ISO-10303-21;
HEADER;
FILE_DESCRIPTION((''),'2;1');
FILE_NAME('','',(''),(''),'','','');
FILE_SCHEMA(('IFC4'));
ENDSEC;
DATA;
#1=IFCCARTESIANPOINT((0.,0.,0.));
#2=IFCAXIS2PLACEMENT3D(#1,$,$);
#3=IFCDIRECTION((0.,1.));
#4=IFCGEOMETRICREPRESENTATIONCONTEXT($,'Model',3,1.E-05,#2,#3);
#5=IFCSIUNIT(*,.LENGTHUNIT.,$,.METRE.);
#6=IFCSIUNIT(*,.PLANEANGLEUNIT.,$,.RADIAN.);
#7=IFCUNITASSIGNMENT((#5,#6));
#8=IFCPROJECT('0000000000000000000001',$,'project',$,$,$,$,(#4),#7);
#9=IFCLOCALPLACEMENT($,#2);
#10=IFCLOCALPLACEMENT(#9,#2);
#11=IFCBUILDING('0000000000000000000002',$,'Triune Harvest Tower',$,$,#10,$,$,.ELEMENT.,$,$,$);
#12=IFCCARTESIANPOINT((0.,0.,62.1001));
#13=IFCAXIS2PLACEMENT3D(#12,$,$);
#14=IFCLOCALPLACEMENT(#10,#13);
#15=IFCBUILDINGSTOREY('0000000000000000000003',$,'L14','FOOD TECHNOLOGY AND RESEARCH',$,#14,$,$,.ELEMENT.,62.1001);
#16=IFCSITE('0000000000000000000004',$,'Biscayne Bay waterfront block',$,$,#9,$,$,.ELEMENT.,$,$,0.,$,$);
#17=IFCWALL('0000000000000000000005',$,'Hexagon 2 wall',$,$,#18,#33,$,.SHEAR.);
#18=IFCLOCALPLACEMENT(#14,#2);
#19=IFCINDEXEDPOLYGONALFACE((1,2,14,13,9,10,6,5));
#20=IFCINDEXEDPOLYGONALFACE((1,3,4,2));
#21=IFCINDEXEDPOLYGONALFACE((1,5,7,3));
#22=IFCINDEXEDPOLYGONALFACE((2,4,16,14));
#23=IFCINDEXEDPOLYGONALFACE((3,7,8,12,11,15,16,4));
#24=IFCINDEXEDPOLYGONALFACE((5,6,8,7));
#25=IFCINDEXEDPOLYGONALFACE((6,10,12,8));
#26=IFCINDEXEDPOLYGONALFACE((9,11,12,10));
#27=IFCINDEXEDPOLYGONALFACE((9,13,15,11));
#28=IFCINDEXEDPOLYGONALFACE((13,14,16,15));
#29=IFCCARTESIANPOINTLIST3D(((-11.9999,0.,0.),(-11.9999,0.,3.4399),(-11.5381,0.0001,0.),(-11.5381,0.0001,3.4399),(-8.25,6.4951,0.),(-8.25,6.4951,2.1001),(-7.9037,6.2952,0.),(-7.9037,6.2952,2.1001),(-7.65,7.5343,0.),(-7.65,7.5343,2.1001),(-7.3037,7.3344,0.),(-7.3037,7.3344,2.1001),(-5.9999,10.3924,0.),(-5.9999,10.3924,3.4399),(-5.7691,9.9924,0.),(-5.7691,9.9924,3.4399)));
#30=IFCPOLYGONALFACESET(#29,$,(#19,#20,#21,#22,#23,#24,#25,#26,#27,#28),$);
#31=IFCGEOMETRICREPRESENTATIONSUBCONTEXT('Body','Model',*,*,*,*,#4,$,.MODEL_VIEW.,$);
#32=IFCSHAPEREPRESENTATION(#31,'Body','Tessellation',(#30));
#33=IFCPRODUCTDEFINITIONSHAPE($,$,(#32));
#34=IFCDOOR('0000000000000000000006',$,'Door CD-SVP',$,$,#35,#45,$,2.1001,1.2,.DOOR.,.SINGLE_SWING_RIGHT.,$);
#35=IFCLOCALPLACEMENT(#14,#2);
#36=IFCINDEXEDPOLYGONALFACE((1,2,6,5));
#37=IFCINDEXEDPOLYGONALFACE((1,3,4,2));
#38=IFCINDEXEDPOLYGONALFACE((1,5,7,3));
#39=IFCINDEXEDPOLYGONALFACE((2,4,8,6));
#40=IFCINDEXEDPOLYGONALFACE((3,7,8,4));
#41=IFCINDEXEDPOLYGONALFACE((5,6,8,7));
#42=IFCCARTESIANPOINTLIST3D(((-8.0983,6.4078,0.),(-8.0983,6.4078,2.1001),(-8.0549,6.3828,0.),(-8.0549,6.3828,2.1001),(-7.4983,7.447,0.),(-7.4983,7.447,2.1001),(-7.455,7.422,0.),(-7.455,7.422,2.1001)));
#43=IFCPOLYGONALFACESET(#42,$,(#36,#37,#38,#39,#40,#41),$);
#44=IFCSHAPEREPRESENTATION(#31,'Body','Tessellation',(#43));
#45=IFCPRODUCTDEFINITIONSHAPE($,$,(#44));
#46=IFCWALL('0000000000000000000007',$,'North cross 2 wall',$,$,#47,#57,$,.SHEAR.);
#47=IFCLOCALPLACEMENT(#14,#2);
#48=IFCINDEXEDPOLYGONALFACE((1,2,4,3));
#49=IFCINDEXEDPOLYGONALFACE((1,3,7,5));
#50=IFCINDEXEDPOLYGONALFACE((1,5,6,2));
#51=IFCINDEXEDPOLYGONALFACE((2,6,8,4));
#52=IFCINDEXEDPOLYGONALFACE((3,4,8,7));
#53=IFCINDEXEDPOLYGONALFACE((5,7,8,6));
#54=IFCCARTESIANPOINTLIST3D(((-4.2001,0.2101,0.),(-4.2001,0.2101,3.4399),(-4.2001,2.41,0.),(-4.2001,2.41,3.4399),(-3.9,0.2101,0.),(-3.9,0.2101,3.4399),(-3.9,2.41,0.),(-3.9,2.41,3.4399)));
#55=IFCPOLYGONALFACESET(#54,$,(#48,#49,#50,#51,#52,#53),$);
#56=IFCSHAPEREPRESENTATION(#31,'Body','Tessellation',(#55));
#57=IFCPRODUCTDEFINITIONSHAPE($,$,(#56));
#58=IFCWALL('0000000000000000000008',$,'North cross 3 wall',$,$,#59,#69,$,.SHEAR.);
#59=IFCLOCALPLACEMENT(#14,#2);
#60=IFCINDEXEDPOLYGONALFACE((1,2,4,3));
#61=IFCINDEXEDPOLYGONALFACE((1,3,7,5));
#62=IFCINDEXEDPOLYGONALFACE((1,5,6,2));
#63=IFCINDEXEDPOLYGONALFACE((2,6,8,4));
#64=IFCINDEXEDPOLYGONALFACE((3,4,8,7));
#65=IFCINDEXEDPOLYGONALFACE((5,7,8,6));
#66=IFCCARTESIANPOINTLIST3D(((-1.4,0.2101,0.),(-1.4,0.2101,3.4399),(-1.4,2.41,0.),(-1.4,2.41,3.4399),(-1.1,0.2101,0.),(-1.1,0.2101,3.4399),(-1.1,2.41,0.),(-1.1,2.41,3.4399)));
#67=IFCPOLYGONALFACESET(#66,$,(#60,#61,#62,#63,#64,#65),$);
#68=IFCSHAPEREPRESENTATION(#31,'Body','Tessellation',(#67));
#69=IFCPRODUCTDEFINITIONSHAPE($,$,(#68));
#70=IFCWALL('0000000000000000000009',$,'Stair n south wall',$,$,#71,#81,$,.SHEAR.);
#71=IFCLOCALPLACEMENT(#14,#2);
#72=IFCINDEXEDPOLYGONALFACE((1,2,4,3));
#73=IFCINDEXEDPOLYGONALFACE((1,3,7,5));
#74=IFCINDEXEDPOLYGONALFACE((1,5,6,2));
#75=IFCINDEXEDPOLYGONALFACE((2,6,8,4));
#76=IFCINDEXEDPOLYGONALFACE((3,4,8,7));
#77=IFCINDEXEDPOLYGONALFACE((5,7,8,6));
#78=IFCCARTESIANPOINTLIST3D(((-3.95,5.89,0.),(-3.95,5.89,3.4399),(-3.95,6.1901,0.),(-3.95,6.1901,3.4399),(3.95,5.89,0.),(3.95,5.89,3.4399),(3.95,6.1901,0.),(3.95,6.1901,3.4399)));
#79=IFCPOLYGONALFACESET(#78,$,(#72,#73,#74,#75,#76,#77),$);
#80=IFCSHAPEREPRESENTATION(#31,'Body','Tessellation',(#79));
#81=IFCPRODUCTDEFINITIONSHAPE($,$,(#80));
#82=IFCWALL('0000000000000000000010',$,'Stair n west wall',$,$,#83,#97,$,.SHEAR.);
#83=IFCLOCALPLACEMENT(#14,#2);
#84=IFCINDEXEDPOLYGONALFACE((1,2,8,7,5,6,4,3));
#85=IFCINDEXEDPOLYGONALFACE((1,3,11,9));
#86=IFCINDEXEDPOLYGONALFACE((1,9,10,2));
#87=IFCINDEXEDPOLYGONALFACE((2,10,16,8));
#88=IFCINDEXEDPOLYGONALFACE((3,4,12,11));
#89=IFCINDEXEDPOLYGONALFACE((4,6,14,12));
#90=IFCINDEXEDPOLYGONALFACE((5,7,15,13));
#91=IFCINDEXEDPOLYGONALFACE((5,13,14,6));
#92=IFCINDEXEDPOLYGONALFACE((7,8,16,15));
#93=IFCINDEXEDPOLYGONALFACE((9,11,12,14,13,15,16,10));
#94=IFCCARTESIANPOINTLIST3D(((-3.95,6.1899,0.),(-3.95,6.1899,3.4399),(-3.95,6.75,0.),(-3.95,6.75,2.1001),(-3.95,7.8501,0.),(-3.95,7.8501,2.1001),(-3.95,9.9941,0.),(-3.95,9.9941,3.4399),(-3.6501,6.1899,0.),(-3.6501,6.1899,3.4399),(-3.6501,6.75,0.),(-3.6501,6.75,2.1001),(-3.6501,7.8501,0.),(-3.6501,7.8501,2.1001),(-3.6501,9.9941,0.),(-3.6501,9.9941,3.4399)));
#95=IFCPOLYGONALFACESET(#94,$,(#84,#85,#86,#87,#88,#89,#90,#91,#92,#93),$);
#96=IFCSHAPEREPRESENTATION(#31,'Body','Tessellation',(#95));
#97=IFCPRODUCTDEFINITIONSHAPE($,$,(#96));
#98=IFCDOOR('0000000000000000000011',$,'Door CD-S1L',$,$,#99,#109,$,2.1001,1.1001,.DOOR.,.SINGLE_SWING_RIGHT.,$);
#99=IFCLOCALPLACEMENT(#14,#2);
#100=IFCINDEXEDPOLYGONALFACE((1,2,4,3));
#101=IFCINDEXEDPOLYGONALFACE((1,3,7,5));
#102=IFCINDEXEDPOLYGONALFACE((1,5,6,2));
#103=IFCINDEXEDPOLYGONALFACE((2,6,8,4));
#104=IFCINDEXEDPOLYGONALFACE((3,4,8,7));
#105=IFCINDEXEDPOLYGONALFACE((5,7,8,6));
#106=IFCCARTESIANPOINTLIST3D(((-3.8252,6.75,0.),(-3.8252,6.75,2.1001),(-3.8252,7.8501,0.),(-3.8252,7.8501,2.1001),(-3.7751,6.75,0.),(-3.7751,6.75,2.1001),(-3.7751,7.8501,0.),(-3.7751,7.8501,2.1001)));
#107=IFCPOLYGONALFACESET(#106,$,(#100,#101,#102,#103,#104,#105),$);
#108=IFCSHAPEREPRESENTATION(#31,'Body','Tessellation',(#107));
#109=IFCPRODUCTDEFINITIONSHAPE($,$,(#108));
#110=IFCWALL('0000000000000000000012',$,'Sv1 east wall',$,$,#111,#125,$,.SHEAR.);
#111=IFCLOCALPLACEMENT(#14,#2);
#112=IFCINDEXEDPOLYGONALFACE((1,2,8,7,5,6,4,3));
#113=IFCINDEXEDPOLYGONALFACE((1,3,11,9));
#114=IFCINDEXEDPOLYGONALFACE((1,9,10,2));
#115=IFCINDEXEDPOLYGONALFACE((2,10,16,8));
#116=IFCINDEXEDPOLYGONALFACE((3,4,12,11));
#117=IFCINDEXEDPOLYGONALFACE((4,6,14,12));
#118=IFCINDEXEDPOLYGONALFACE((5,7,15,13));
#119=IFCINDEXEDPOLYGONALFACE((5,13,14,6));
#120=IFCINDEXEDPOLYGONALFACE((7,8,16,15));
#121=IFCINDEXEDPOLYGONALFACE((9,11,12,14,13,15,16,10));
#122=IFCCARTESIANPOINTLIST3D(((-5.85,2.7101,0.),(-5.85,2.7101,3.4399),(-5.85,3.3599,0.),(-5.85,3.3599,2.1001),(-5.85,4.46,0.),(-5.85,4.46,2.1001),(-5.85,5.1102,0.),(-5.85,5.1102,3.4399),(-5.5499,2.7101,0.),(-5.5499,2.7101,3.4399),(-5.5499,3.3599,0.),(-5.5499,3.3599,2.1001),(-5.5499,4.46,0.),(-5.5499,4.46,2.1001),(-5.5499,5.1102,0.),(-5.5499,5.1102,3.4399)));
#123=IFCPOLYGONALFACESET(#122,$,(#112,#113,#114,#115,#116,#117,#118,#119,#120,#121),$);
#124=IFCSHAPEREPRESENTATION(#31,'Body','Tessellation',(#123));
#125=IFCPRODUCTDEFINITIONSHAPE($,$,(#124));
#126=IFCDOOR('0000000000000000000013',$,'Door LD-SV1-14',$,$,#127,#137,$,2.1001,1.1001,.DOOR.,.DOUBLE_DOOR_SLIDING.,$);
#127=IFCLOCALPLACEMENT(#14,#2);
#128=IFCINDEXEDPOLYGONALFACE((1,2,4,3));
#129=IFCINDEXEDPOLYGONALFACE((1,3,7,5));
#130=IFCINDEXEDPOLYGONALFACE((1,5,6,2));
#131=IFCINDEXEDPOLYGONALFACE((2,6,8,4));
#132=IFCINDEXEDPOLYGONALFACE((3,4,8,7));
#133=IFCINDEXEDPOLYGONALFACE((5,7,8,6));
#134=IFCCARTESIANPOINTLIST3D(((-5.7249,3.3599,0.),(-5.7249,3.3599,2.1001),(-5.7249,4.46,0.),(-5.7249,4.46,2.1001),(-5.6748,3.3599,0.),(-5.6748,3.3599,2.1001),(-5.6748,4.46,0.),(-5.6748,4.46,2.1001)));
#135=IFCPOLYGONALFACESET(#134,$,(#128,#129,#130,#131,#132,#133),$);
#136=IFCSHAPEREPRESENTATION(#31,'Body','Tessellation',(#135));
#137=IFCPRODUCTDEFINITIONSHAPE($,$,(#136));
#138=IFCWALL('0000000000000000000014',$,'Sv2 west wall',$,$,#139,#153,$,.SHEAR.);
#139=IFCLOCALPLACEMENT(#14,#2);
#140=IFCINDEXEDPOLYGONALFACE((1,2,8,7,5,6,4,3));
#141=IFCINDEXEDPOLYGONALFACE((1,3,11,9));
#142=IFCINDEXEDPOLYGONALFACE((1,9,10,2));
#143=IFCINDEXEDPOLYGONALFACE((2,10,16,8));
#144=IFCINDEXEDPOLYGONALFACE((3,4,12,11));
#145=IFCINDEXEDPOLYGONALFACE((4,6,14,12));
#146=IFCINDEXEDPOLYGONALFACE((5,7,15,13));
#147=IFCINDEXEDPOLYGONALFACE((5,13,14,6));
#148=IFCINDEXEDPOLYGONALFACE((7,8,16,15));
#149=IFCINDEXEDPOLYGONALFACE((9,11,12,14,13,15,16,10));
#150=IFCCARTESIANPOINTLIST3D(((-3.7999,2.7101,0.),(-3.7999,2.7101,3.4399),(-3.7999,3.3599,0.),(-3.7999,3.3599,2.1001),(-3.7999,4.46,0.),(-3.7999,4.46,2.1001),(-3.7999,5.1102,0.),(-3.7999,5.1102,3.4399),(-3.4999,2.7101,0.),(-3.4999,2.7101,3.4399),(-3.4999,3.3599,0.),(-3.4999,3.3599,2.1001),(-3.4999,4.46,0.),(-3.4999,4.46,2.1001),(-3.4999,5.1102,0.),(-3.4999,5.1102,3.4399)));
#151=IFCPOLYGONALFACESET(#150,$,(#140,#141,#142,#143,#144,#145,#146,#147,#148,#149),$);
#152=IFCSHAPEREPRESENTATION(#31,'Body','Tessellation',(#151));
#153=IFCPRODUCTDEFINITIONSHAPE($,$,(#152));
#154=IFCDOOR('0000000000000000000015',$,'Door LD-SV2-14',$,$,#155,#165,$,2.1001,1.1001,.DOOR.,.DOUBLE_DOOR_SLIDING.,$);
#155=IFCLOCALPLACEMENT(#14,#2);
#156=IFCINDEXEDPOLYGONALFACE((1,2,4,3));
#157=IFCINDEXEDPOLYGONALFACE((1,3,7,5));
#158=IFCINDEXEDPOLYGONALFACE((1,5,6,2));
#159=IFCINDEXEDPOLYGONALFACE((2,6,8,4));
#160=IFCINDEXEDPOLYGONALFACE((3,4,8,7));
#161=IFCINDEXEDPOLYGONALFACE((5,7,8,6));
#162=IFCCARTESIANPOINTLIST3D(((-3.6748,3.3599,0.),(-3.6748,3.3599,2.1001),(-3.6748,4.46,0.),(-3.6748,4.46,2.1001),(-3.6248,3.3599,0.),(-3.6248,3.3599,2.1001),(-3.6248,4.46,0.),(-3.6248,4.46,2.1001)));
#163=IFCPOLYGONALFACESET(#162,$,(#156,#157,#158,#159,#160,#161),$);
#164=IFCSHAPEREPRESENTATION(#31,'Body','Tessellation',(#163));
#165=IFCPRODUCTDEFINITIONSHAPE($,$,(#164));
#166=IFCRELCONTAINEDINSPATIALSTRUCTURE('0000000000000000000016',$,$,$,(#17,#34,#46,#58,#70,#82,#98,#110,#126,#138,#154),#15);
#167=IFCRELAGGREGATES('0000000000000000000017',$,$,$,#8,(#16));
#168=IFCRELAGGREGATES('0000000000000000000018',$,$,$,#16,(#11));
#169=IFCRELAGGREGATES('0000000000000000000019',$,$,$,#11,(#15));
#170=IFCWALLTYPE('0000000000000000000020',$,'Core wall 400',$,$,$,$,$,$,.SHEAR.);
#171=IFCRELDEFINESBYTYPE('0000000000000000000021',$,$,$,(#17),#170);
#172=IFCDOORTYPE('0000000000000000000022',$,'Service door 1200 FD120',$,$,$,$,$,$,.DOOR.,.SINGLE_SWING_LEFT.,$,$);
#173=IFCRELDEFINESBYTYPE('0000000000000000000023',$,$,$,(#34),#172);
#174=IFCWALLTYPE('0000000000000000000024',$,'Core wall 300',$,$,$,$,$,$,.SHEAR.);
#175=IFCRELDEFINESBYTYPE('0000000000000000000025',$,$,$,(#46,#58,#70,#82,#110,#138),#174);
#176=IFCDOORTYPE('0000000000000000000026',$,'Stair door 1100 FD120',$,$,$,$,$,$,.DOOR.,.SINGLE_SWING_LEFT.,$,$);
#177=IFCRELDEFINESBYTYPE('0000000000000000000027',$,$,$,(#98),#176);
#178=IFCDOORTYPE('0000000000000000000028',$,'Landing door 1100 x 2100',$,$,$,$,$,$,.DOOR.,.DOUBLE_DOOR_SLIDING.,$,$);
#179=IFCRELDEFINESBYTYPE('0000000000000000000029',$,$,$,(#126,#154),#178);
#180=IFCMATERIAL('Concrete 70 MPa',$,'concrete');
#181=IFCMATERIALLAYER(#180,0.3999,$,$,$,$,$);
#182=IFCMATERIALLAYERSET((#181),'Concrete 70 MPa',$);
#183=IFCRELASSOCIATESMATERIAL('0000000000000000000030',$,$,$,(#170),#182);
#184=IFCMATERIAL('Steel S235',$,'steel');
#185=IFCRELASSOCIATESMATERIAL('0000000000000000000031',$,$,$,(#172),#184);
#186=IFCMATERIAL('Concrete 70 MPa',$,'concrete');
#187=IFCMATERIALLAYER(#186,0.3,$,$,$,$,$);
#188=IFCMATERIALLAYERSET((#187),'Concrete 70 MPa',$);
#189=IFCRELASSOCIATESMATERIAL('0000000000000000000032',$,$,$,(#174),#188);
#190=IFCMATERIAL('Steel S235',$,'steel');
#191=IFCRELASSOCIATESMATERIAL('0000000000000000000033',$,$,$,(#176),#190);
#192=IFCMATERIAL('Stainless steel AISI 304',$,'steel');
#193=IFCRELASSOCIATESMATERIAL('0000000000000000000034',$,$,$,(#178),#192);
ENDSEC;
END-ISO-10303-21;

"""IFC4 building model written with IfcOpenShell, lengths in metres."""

from ifc_helpers import new_model, si_unit, direction, frame, frame_2d, origin, place, context, subcontext, project, spatial, polyline, rectangle, outline, extrude, source, transform, mapped, material, layer, layer_set, type_object, element, fill, save


model = new_model("IFC4")

# Units and contexts
model_context = context("Model", 3, precision=1e-05, world=origin(), true_north=direction((0.0, 1.0)))
body_context = subcontext(model_context, "Body", "Model", "MODEL_VIEW")
ifc_project = project(units=[si_unit("LENGTHUNIT", "METRE"), si_unit("PLANEANGLEUNIT", "RADIAN")], contexts=[model_context])

# Site, building, storey
site_placement = place(None, origin())
site = spatial("IfcSite", under=ifc_project, at=site_placement, Name="Biscayne Bay waterfront block", CompositionType="ELEMENT", RefElevation=0.0)
building_placement = place(site_placement, origin())
building = spatial("IfcBuilding", under=site, at=building_placement, Name="Triune Harvest Tower", CompositionType="ELEMENT")
storey_placement = place(building_placement, frame((0.0, 0.0, 62.1001)))
storey = spatial("IfcBuildingStorey", under=building, at=storey_placement, Name="L14", Description="FOOD TECHNOLOGY AND RESEARCH", CompositionType="ELEMENT", Elevation=62.1001)

# Wall, opening, door
ifc_material_1 = material(Name="Concrete 70 MPa", Category="concrete")
ifc_layer_1 = layer(ifc_material_1, 0.3999)
ifc_layer_set_1 = layer_set([ifc_layer_1], Name="Concrete 70 MPa")
wall_type_1 = type_object("IfcWallType", Name="Core wall 400", PredefinedType="SHEAR", material=ifc_layer_set_1)
shared_shape_1 = source(origin(), body_context, "Body", "SweptSolid", [
    extrude(outline(polyline([(-0.1155, -0.2), (11.8845, -0.2), (11.6536, 0.2), (0.1155, 0.2), (-0.1155, -0.2)])), origin(), (0.0, 0.0, 1.0), 3.4399),
])
wall_1_placement = place(storey_placement, frame((-5.8845, 10.1924, 0.0), z_axis=(0.0, 0.0, 1.0), x_axis=(-0.499997, -0.866027, 0.0)))
wall_1 = element("IfcWall", 1, at=wall_1_placement, inside=storey, type_object=wall_type_1, Name="Hexagon 2 wall", PredefinedType="SHEAR", context=body_context, shape_type="MappedRepresentation", body=[
    mapped(shared_shape_1, transform((0.0, 0.0, 0.0), scale=1.0)),
])
opening_1_placement = place(wall_1_placement, frame((3.1846, 0.0, 0.0)))
opening_1 = element("IfcOpeningElement", 2, at=opening_1_placement, cuts=wall_1, PredefinedType="OPENING", context=body_context, shape_type="SweptSolid", body=[
    extrude(rectangle(XDim=1.2, YDim=2.1001, at=frame_2d((0.6001, 1.05))), frame((0.0, 0.21, 0.0), z_axis=(0.0, -1.0, 0.0), x_axis=(1.0, 0.0, 0.0)), (0.0, 0.0, 1.0), 0.4199),
])
ifc_material_2 = material(Name="Steel S235", Category="steel")
door_type_1 = type_object("IfcDoorType", Name="Service door 1200 FD120", OperationType="SINGLE_SWING_LEFT", PredefinedType="DOOR", material=ifc_material_2)
door_1_placement = place(opening_1_placement, frame((1.2, 0.0, 0.0), z_axis=(0.0, 0.0, 1.0), x_axis=(-1.0, 0.0, 0.0)))
door_1 = element("IfcDoor", 3, at=door_1_placement, inside=storey, type_object=door_type_1, Name="Door CD-SVP", OperationType="SINGLE_SWING_RIGHT", OverallHeight=2.1001, OverallWidth=1.2, PredefinedType="DOOR", context=body_context, shape_type="SweptSolid", body=[
    extrude(rectangle(XDim=1.2, YDim=2.1001, at=frame_2d((0.6001, 1.05))), frame((0.0, 0.0249, 0.0), z_axis=(0.0, -1.0, 0.0), x_axis=(1.0, 0.0, 0.0)), (0.0, 0.0, 1.0), 0.05),
])
fill(opening_1, door_1)

# Walls
ifc_material_3 = material(Name="Concrete 70 MPa", Category="concrete")
ifc_layer_2 = layer(ifc_material_3, 0.3)
ifc_layer_set_2 = layer_set([ifc_layer_2], Name="Concrete 70 MPa")
wall_type_2 = type_object("IfcWallType", Name="Core wall 300", PredefinedType="SHEAR", material=ifc_layer_set_2)
shared_shape_2 = source(origin(), body_context, "Body", "SweptSolid", [
    extrude(rectangle(XDim=2.2, YDim=0.3, at=frame_2d((1.1001, 0.0))), origin(), (0.0, 0.0, 1.0), 3.4399),
])
for number, where, z_axis, x_axis, name in (
    (4, (-4.05, 0.21, 0.0), (0.0, 0.0, 1.0), (0.0, 1.0, 0.0), "North cross 2 wall"),
    (5, (-1.25, 0.21, 0.0), (0.0, 0.0, 1.0), (0.0, 1.0, 0.0), "North cross 3 wall"),
):
    element("IfcWall", number, at=place(storey_placement, frame(where, z_axis=z_axis, x_axis=x_axis)), inside=storey, type_object=wall_type_2, Name=name, PredefinedType="SHEAR", context=body_context, shape_type="MappedRepresentation", body=[
        mapped(shared_shape_2, transform((0.0, 0.0, 0.0), scale=1.0)),
    ])
shared_shape_3 = source(origin(), body_context, "Body", "SweptSolid", [
    extrude(rectangle(XDim=7.8999, YDim=0.3, at=frame_2d((3.95, 0.0))), origin(), (0.0, 0.0, 1.0), 3.4399),
])
wall_2_placement = place(storey_placement, frame((-3.95, 6.04, 0.0), z_axis=(0.0, 0.0, 1.0), x_axis=(1.0, 0.0, 0.0)))
element("IfcWall", 6, at=wall_2_placement, inside=storey, type_object=wall_type_2, Name="Stair n south wall", PredefinedType="SHEAR", context=body_context, shape_type="MappedRepresentation", body=[
    mapped(shared_shape_3, transform((0.0, 0.0, 0.0), scale=1.0)),
])

# Walls, openings, doors
shared_shape_4 = source(origin(), body_context, "Body", "SweptSolid", [
    extrude(outline(polyline([(0.0, -0.1499), (0.0, 0.1499), (3.8042, 0.1499), (3.8042, -0.1499), (0.0, -0.1499)])), origin(), (0.0, 0.0, 1.0), 3.4399),
])
wall_3_placement = place(storey_placement, frame((-3.8, 6.1899, 0.0), z_axis=(0.0, 0.0, 1.0), x_axis=(0.0, 1.0, 0.0)))
wall_3 = element("IfcWall", 7, at=wall_3_placement, inside=storey, type_object=wall_type_2, Name="Stair n west wall", PredefinedType="SHEAR", context=body_context, shape_type="MappedRepresentation", body=[
    mapped(shared_shape_4, transform((0.0, 0.0, 0.0), scale=1.0)),
])
opening_2_placement = place(wall_3_placement, frame((0.5601, 0.0, 0.0)))
opening_2 = element("IfcOpeningElement", 8, at=opening_2_placement, cuts=wall_3, PredefinedType="OPENING", context=body_context, shape_type="SweptSolid", body=[
    extrude(rectangle(XDim=1.1001, YDim=2.1001, at=frame_2d((0.55, 1.05))), frame((0.0, 0.1602, 0.0), z_axis=(0.0, -1.0, 0.0), x_axis=(1.0, 0.0, 0.0)), (0.0, 0.0, 1.0), 0.3201),
])
ifc_material_4 = material(Name="Steel S235", Category="steel")
door_type_2 = type_object("IfcDoorType", Name="Stair door 1100 FD120", OperationType="SINGLE_SWING_LEFT", PredefinedType="DOOR", material=ifc_material_4)
door_2_placement = place(opening_2_placement, frame((1.1001, 0.0, 0.0), z_axis=(0.0, 0.0, 1.0), x_axis=(-1.0, 0.0, 0.0)))
door_2 = element("IfcDoor", 9, at=door_2_placement, inside=storey, type_object=door_type_2, Name="Door CD-S1L", OperationType="SINGLE_SWING_RIGHT", OverallHeight=2.1001, OverallWidth=1.1001, PredefinedType="DOOR", context=body_context, shape_type="SweptSolid", body=[
    extrude(rectangle(XDim=1.1001, YDim=2.1001, at=frame_2d((0.55, 1.05))), frame((0.0, 0.0249, 0.0), z_axis=(0.0, -1.0, 0.0), x_axis=(1.0, 0.0, 0.0)), (0.0, 0.0, 1.0), 0.05),
])
fill(opening_2, door_2)
shared_shape_5 = source(origin(), body_context, "Body", "SweptSolid", [
    extrude(rectangle(XDim=2.4001, YDim=0.3, at=frame_2d((1.2002, 0.0))), origin(), (0.0, 0.0, 1.0), 3.4399),
])
wall_4_placement = place(storey_placement, frame((-5.7, 2.71, 0.0), z_axis=(0.0, 0.0, 1.0), x_axis=(0.0, 1.0, 0.0)))
wall_4 = element("IfcWall", 10, at=wall_4_placement, inside=storey, type_object=wall_type_2, Name="Sv1 east wall", PredefinedType="SHEAR", context=body_context, shape_type="MappedRepresentation", body=[
    mapped(shared_shape_5, transform((0.0, 0.0, 0.0), scale=1.0)),
])
opening_3_placement = place(wall_4_placement, frame((0.6499, 0.0, 0.0)))
opening_3 = element("IfcOpeningElement", 11, at=opening_3_placement, cuts=wall_4, PredefinedType="OPENING", context=body_context, shape_type="SweptSolid", body=[
    extrude(rectangle(XDim=1.1001, YDim=2.1001, at=frame_2d((0.55, 1.05))), frame((0.0, 0.1602, 0.0), z_axis=(0.0, -1.0, 0.0), x_axis=(1.0, 0.0, 0.0)), (0.0, 0.0, 1.0), 0.3201),
])
ifc_material_5 = material(Name="Stainless steel AISI 304", Category="steel")
door_type_3 = type_object("IfcDoorType", Name="Landing door 1100 x 2100", OperationType="DOUBLE_DOOR_SLIDING", PredefinedType="DOOR", material=ifc_material_5)
door_3_placement = place(opening_3_placement, origin())
door_3 = element("IfcDoor", 12, at=door_3_placement, inside=storey, type_object=door_type_3, Name="Door LD-SV1-14", OperationType="DOUBLE_DOOR_SLIDING", OverallHeight=2.1001, OverallWidth=1.1001, PredefinedType="DOOR", context=body_context, shape_type="SweptSolid", body=[
    extrude(rectangle(XDim=1.1001, YDim=2.1001, at=frame_2d((0.55, 1.05))), frame((0.0, 0.0249, 0.0), z_axis=(0.0, -1.0, 0.0), x_axis=(1.0, 0.0, 0.0)), (0.0, 0.0, 1.0), 0.05),
])
fill(opening_3, door_3)
wall_5_placement = place(storey_placement, frame((-3.6499, 2.71, 0.0), z_axis=(0.0, 0.0, 1.0), x_axis=(0.0, 1.0, 0.0)))
wall_5 = element("IfcWall", 13, at=wall_5_placement, inside=storey, type_object=wall_type_2, Name="Sv2 west wall", PredefinedType="SHEAR", context=body_context, shape_type="MappedRepresentation", body=[
    mapped(shared_shape_5, transform((0.0, 0.0, 0.0), scale=1.0)),
])
opening_4_placement = place(wall_5_placement, frame((0.6499, 0.0, 0.0)))
opening_4 = element("IfcOpeningElement", 14, at=opening_4_placement, cuts=wall_5, PredefinedType="OPENING", context=body_context, shape_type="SweptSolid", body=[
    extrude(rectangle(XDim=1.1001, YDim=2.1001, at=frame_2d((0.55, 1.05))), frame((0.0, 0.1602, 0.0), z_axis=(0.0, -1.0, 0.0), x_axis=(1.0, 0.0, 0.0)), (0.0, 0.0, 1.0), 0.3201),
])
door_4_placement = place(opening_4_placement, origin())
door_4 = element("IfcDoor", 15, at=door_4_placement, inside=storey, type_object=door_type_3, Name="Door LD-SV2-14", OperationType="DOUBLE_DOOR_SLIDING", OverallHeight=2.1001, OverallWidth=1.1001, PredefinedType="DOOR", context=body_context, shape_type="SweptSolid", body=[
    extrude(rectangle(XDim=1.1001, YDim=2.1001, at=frame_2d((0.55, 1.05))), frame((0.0, 0.0249, 0.0), z_axis=(0.0, -1.0, 0.0), x_axis=(1.0, 0.0, 0.0)), (0.0, 0.0, 1.0), 0.05),
])
fill(opening_4, door_4)

save(model, "model.ifc")
